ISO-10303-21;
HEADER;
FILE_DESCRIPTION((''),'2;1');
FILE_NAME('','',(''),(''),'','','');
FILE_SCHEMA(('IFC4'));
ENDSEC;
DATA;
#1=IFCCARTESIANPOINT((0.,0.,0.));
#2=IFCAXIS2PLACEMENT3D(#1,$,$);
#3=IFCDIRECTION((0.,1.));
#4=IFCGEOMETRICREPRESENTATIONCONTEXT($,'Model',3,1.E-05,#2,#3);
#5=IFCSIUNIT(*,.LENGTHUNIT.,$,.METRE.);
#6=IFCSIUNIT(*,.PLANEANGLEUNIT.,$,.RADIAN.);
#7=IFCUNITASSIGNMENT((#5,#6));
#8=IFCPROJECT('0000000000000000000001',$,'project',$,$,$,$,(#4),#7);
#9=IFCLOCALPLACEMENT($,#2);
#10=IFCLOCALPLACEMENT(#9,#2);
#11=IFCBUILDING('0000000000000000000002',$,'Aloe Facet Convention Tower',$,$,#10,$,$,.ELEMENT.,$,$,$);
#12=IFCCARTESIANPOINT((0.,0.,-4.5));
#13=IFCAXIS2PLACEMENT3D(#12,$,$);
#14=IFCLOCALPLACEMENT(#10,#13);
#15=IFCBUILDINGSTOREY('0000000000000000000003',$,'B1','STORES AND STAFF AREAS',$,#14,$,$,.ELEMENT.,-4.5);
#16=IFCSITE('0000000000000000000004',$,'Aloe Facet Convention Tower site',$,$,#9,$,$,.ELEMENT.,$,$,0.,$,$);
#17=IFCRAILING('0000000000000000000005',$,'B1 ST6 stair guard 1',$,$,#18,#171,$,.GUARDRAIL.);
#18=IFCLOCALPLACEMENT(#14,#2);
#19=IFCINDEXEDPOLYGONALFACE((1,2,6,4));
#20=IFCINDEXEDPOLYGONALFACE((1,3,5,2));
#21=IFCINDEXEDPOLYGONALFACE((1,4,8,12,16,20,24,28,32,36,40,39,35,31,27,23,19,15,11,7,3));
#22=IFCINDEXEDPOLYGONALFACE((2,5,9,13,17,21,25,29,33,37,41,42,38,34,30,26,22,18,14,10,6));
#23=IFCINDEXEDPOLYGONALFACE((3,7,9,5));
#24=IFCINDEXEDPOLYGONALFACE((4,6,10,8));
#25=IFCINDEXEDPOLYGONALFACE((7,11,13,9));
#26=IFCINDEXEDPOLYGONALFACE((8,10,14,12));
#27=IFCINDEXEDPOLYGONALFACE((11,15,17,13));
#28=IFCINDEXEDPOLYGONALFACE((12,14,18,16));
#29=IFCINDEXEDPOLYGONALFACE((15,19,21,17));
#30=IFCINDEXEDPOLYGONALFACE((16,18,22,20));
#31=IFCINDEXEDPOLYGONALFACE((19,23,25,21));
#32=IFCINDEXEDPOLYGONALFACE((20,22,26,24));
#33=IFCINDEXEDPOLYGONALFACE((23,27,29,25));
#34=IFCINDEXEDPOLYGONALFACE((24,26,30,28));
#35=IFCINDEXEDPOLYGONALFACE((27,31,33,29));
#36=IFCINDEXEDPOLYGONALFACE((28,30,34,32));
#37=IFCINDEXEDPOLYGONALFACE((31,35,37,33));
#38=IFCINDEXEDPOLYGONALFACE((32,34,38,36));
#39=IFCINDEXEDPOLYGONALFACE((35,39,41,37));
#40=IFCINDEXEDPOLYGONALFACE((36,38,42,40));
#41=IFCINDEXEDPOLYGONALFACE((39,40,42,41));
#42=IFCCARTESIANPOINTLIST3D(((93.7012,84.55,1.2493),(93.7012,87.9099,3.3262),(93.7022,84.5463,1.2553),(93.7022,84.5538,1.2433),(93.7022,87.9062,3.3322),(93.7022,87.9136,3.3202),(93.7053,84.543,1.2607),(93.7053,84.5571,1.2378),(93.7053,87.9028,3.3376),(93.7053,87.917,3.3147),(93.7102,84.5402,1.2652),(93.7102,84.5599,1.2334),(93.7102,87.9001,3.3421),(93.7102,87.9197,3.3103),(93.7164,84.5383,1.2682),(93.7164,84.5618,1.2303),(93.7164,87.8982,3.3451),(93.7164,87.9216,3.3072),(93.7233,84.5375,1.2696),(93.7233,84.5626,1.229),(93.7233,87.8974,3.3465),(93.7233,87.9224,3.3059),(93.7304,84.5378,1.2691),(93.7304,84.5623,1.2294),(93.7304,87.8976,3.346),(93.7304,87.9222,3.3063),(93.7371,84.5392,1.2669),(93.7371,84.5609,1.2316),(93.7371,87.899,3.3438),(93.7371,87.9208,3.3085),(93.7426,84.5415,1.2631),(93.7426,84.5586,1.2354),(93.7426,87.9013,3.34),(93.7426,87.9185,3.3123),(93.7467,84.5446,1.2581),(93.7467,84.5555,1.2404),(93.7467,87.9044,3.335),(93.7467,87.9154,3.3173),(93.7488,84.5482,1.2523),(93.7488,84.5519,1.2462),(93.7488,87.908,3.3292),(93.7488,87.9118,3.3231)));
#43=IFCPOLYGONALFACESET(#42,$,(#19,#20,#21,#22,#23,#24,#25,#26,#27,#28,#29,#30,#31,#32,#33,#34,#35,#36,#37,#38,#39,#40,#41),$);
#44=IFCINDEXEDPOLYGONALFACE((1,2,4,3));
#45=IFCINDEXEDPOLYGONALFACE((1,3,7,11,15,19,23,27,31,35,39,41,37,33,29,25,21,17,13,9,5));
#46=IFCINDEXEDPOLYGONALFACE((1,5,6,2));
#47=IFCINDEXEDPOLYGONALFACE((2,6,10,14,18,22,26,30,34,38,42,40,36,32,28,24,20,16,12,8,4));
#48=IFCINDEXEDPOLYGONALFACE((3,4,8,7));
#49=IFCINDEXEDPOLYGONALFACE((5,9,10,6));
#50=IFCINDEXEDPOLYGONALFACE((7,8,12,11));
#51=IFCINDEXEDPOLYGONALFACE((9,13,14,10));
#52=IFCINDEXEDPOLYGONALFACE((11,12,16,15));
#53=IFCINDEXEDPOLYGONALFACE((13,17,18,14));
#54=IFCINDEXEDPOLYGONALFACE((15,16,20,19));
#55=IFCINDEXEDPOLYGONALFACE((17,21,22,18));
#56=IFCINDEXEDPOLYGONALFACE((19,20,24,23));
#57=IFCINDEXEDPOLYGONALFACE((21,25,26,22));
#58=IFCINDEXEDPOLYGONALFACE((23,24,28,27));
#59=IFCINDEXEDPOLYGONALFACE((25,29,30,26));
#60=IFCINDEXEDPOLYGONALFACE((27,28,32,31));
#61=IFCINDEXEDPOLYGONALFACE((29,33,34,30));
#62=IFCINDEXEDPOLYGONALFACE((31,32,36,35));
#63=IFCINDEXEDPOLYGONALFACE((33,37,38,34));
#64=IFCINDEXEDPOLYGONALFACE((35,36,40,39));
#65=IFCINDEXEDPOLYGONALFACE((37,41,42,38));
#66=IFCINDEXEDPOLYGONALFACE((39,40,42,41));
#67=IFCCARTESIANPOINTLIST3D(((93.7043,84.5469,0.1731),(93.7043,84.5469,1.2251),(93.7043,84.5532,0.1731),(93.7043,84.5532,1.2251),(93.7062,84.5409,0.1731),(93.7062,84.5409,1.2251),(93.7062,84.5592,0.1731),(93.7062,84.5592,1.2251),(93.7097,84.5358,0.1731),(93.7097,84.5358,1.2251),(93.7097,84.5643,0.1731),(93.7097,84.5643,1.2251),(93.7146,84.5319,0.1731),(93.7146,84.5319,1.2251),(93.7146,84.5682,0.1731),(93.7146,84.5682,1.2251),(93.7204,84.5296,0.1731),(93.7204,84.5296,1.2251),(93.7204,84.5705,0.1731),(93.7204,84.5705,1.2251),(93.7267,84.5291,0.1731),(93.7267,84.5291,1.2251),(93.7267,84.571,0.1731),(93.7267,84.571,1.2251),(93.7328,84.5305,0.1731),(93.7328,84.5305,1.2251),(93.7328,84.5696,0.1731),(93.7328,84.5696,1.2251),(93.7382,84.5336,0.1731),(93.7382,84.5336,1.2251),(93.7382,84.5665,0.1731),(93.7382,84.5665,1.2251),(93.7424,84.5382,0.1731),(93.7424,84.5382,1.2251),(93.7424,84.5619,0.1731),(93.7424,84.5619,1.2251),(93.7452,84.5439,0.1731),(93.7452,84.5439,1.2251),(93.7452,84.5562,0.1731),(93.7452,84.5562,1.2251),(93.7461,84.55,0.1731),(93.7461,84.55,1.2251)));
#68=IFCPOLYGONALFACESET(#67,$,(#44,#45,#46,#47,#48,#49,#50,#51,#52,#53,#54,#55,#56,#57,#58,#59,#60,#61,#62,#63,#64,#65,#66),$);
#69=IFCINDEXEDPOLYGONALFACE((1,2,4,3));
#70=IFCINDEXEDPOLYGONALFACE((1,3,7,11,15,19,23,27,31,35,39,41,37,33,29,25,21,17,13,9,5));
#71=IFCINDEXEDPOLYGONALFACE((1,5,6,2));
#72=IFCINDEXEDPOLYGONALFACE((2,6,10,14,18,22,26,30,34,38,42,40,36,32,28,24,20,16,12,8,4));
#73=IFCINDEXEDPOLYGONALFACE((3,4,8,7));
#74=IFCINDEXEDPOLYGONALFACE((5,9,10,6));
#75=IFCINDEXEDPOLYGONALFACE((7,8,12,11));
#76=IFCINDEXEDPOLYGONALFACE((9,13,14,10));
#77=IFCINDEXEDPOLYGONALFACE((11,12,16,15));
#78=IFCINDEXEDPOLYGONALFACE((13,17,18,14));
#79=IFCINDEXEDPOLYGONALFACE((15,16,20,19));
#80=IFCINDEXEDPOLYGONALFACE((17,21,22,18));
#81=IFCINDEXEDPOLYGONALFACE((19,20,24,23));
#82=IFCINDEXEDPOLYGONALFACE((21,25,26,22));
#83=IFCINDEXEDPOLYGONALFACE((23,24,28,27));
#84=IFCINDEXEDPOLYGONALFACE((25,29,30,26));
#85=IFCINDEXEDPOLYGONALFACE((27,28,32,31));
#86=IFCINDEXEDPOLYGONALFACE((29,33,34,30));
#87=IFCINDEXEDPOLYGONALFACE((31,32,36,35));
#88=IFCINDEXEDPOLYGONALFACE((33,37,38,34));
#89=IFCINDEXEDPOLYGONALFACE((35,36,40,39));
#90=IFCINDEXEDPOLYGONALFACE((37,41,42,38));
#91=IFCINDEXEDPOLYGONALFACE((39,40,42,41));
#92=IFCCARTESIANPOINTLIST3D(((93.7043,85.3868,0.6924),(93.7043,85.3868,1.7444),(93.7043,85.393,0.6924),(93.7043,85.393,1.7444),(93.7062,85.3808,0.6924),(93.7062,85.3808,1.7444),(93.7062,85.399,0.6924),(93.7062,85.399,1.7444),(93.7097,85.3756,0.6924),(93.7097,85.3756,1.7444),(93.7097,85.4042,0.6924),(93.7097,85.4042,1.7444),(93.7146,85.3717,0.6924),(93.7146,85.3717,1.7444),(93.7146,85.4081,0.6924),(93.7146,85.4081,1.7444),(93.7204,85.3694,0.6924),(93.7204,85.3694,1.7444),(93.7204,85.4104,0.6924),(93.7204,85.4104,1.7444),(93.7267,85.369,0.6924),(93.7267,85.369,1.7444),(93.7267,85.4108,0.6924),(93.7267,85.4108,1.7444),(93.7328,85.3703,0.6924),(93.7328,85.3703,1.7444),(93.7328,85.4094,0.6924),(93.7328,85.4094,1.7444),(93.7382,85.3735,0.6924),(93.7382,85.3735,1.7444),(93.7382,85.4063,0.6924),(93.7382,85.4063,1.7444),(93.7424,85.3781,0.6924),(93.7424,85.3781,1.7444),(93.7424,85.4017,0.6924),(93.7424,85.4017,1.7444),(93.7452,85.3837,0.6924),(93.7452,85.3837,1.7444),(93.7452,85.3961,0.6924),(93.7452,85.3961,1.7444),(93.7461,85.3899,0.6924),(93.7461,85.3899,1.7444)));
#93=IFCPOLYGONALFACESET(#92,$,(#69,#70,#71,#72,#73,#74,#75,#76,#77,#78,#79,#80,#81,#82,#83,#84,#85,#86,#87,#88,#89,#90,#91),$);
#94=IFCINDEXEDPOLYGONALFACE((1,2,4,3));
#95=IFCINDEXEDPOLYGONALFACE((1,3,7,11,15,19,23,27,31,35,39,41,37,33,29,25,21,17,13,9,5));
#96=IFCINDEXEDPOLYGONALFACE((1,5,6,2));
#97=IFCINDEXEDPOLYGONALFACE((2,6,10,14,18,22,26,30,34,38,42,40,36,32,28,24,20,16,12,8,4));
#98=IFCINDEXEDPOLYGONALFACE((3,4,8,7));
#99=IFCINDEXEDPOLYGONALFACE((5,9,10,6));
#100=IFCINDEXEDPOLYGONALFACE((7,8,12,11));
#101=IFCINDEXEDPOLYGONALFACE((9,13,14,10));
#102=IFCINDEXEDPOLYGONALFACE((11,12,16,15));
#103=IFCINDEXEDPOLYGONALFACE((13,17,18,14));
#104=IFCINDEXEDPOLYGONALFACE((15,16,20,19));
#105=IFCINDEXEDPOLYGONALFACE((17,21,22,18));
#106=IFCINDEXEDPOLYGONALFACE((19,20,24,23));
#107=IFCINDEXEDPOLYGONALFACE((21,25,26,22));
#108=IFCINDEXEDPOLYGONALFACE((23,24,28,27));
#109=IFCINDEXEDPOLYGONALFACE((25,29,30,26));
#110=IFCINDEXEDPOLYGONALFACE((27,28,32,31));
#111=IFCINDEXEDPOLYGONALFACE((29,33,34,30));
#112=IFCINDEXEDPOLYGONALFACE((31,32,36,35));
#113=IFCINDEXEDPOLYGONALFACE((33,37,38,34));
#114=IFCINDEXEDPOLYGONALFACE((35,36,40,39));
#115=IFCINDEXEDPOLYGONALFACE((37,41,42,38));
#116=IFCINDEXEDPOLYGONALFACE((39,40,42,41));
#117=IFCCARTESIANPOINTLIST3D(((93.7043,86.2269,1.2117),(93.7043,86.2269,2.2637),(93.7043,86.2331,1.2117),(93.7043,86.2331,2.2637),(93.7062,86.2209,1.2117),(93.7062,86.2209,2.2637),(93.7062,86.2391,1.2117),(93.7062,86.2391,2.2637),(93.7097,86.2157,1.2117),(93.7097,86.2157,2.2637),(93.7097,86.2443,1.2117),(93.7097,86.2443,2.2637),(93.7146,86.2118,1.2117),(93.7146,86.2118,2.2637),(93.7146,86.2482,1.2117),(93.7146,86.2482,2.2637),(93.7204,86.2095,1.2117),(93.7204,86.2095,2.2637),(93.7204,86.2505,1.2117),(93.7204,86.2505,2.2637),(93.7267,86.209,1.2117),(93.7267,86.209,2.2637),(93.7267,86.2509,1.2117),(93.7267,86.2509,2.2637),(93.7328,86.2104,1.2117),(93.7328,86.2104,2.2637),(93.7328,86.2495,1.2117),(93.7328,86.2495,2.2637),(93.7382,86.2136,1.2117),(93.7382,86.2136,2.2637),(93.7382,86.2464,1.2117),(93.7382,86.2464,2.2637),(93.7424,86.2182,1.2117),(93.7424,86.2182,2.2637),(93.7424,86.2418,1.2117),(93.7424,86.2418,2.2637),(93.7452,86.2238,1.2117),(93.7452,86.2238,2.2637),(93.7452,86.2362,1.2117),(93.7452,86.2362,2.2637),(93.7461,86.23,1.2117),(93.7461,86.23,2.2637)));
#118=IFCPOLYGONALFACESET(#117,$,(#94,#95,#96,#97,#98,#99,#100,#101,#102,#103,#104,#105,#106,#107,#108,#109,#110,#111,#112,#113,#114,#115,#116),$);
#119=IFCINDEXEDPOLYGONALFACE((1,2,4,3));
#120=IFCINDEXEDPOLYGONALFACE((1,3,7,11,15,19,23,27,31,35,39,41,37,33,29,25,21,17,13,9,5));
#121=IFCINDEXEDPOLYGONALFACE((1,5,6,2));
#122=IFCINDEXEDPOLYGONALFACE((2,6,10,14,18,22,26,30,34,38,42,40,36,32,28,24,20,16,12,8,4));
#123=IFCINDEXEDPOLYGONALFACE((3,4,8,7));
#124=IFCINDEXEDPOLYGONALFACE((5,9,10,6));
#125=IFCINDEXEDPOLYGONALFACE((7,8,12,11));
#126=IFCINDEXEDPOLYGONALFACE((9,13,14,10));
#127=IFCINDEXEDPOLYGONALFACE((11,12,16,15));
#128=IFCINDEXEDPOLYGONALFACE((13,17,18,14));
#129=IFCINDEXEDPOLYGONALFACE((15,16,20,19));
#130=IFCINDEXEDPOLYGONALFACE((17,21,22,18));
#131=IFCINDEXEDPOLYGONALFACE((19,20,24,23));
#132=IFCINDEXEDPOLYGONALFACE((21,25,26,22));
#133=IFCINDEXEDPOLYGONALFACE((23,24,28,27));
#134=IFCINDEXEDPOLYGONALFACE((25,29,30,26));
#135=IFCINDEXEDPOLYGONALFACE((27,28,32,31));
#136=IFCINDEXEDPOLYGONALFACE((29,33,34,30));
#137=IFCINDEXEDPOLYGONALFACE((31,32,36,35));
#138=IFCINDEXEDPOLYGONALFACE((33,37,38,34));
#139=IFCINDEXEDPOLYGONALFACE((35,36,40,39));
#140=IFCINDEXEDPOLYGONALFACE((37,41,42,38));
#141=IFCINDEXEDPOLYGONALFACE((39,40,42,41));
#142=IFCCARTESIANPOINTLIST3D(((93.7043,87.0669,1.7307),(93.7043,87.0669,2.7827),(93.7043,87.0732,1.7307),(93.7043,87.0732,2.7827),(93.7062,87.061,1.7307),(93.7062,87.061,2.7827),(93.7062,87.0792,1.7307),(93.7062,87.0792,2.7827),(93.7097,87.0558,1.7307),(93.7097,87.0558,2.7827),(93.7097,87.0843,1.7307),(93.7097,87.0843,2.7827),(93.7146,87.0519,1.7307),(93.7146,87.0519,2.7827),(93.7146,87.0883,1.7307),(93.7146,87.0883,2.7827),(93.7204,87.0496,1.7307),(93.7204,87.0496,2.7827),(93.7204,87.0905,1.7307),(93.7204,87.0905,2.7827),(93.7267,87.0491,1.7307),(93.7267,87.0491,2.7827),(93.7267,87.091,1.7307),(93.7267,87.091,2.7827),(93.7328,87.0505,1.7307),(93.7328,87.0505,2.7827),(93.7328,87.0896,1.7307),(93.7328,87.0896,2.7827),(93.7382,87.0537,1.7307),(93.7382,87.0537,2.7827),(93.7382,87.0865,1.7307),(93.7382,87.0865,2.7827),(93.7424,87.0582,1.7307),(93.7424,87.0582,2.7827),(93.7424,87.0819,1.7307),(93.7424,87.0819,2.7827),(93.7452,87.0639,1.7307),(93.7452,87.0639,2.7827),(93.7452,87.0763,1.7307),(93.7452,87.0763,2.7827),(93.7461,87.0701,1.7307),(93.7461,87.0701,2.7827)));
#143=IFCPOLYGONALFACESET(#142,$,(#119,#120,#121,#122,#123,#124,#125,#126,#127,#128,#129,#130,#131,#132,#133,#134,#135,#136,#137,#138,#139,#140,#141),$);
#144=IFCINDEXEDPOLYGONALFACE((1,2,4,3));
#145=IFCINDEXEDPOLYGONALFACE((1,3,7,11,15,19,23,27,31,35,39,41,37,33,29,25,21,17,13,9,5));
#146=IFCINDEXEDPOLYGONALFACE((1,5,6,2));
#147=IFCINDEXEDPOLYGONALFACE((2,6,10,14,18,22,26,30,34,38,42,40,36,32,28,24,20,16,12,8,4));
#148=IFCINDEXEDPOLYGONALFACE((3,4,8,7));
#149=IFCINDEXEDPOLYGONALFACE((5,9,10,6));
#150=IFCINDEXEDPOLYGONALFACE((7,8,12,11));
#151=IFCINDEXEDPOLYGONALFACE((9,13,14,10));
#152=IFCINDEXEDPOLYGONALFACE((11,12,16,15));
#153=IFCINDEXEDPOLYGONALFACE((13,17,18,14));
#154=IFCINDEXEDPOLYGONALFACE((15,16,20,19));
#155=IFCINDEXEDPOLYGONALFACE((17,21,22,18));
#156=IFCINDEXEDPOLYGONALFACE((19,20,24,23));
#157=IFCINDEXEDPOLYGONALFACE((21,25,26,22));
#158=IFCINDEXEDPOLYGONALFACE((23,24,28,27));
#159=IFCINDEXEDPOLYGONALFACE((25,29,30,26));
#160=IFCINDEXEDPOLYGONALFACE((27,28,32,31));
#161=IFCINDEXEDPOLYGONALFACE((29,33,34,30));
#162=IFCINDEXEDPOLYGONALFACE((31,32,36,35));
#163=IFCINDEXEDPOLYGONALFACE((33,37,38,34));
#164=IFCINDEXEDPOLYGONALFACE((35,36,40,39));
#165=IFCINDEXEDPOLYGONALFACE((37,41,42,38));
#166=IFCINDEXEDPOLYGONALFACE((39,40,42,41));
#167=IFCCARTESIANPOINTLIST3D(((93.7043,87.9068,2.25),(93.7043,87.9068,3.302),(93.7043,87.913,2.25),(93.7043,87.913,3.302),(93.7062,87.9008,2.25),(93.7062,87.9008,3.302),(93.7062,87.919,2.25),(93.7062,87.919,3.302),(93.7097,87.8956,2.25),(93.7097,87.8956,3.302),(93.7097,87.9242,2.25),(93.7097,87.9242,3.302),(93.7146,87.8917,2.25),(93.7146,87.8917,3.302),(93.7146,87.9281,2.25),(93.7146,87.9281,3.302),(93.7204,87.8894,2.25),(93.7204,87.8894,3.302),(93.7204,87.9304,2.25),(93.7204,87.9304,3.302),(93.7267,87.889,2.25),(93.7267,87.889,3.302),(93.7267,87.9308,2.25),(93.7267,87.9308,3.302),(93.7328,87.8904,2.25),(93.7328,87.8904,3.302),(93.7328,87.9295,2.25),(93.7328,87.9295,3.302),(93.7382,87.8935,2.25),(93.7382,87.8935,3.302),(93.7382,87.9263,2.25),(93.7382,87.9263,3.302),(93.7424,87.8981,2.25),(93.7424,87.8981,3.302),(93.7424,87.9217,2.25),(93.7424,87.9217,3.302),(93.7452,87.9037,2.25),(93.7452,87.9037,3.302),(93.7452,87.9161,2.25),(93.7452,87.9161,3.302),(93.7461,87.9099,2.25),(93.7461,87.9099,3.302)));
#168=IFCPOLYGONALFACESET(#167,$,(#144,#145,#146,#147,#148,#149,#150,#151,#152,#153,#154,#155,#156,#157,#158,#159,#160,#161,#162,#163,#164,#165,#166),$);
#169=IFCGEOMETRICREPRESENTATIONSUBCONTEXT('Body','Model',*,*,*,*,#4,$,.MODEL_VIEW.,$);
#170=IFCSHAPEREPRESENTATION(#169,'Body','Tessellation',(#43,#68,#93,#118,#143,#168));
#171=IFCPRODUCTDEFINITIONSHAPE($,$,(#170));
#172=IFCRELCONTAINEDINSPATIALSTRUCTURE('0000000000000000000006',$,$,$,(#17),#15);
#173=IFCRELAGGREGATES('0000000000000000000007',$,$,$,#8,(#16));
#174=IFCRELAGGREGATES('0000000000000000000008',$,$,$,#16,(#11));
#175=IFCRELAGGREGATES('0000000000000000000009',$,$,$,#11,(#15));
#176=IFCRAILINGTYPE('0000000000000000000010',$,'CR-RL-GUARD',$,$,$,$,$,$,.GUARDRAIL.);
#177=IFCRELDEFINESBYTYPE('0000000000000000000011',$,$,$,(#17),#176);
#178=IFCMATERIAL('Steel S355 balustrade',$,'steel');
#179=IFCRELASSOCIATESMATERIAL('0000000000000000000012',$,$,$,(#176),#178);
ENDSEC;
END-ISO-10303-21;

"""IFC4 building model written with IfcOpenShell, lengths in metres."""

from ifc_helpers import new_model, si_unit, direction, frame, origin, origin_2d, place, context, subcontext, project, spatial, circle, extrude, material, type_object, element, save


model = new_model("IFC4")

# Units and contexts
model_context = context("Model", 3, precision=1e-05, world=origin(), true_north=direction((0.0, 1.0)))
body_context = subcontext(model_context, "Body", "Model", "MODEL_VIEW")
ifc_project = project(units=[si_unit("LENGTHUNIT", "METRE"), si_unit("PLANEANGLEUNIT", "RADIAN")], contexts=[model_context])

# Site, building, storey
site_placement = place(None, origin())
site = spatial("IfcSite", under=ifc_project, at=site_placement, Name="Aloe Facet Convention Tower site", CompositionType="ELEMENT", RefElevation=0.0)
building_placement = place(site_placement, origin())
building = spatial("IfcBuilding", under=site, at=building_placement, Name="Aloe Facet Convention Tower", CompositionType="ELEMENT")
storey_placement = place(building_placement, frame((0.0, 0.0, -4.5)))
storey = spatial("IfcBuildingStorey", under=building, at=storey_placement, Name="B1", Description="STORES AND STAFF AREAS", CompositionType="ELEMENT", Elevation=-4.5)

# Railing
ifc_material_1 = material(Name="Steel S355 balustrade", Category="steel")
railing_type_1 = type_object("IfcRailingType", Name="CR-RL-GUARD", PredefinedType="GUARDRAIL", material=ifc_material_1)
railing_1_placement = place(storey_placement, frame((93.7251, 84.55, 0.1731)))
element("IfcRailing", 1, at=railing_1_placement, inside=storey, type_object=railing_type_1, Name="B1 ST6 stair guard 1", PredefinedType="GUARDRAIL", context=body_context, shape_type="SweptSolid", body=[
    extrude(circle(Radius=0.0239, at=origin_2d()), frame((0.0, 0.0, 1.0762), z_axis=(0.0, 0.850606, 0.525803), x_axis=(-1.0, 0.0, 0.0)), (0.0, 0.0, 1.0), 3.95),
    extrude(circle(Radius=0.021, at=origin_2d()), origin(), (0.0, 0.0, 1.0), 1.052),
    extrude(circle(Radius=0.021, at=origin_2d()), frame((0.0, 0.8398, 0.5193)), (0.0, 0.0, 1.0), 1.052),
    extrude(circle(Radius=0.021, at=origin_2d()), frame((0.0, 1.6799, 1.0386)), (0.0, 0.0, 1.0), 1.052),
    extrude(circle(Radius=0.021, at=origin_2d()), frame((0.0, 2.52, 1.5576)), (0.0, 0.0, 1.0), 1.052),
    extrude(circle(Radius=0.021, at=origin_2d()), frame((0.0, 3.3599, 2.0769)), (0.0, 0.0, 1.0), 1.052),
])

save(model, "model.ifc")
